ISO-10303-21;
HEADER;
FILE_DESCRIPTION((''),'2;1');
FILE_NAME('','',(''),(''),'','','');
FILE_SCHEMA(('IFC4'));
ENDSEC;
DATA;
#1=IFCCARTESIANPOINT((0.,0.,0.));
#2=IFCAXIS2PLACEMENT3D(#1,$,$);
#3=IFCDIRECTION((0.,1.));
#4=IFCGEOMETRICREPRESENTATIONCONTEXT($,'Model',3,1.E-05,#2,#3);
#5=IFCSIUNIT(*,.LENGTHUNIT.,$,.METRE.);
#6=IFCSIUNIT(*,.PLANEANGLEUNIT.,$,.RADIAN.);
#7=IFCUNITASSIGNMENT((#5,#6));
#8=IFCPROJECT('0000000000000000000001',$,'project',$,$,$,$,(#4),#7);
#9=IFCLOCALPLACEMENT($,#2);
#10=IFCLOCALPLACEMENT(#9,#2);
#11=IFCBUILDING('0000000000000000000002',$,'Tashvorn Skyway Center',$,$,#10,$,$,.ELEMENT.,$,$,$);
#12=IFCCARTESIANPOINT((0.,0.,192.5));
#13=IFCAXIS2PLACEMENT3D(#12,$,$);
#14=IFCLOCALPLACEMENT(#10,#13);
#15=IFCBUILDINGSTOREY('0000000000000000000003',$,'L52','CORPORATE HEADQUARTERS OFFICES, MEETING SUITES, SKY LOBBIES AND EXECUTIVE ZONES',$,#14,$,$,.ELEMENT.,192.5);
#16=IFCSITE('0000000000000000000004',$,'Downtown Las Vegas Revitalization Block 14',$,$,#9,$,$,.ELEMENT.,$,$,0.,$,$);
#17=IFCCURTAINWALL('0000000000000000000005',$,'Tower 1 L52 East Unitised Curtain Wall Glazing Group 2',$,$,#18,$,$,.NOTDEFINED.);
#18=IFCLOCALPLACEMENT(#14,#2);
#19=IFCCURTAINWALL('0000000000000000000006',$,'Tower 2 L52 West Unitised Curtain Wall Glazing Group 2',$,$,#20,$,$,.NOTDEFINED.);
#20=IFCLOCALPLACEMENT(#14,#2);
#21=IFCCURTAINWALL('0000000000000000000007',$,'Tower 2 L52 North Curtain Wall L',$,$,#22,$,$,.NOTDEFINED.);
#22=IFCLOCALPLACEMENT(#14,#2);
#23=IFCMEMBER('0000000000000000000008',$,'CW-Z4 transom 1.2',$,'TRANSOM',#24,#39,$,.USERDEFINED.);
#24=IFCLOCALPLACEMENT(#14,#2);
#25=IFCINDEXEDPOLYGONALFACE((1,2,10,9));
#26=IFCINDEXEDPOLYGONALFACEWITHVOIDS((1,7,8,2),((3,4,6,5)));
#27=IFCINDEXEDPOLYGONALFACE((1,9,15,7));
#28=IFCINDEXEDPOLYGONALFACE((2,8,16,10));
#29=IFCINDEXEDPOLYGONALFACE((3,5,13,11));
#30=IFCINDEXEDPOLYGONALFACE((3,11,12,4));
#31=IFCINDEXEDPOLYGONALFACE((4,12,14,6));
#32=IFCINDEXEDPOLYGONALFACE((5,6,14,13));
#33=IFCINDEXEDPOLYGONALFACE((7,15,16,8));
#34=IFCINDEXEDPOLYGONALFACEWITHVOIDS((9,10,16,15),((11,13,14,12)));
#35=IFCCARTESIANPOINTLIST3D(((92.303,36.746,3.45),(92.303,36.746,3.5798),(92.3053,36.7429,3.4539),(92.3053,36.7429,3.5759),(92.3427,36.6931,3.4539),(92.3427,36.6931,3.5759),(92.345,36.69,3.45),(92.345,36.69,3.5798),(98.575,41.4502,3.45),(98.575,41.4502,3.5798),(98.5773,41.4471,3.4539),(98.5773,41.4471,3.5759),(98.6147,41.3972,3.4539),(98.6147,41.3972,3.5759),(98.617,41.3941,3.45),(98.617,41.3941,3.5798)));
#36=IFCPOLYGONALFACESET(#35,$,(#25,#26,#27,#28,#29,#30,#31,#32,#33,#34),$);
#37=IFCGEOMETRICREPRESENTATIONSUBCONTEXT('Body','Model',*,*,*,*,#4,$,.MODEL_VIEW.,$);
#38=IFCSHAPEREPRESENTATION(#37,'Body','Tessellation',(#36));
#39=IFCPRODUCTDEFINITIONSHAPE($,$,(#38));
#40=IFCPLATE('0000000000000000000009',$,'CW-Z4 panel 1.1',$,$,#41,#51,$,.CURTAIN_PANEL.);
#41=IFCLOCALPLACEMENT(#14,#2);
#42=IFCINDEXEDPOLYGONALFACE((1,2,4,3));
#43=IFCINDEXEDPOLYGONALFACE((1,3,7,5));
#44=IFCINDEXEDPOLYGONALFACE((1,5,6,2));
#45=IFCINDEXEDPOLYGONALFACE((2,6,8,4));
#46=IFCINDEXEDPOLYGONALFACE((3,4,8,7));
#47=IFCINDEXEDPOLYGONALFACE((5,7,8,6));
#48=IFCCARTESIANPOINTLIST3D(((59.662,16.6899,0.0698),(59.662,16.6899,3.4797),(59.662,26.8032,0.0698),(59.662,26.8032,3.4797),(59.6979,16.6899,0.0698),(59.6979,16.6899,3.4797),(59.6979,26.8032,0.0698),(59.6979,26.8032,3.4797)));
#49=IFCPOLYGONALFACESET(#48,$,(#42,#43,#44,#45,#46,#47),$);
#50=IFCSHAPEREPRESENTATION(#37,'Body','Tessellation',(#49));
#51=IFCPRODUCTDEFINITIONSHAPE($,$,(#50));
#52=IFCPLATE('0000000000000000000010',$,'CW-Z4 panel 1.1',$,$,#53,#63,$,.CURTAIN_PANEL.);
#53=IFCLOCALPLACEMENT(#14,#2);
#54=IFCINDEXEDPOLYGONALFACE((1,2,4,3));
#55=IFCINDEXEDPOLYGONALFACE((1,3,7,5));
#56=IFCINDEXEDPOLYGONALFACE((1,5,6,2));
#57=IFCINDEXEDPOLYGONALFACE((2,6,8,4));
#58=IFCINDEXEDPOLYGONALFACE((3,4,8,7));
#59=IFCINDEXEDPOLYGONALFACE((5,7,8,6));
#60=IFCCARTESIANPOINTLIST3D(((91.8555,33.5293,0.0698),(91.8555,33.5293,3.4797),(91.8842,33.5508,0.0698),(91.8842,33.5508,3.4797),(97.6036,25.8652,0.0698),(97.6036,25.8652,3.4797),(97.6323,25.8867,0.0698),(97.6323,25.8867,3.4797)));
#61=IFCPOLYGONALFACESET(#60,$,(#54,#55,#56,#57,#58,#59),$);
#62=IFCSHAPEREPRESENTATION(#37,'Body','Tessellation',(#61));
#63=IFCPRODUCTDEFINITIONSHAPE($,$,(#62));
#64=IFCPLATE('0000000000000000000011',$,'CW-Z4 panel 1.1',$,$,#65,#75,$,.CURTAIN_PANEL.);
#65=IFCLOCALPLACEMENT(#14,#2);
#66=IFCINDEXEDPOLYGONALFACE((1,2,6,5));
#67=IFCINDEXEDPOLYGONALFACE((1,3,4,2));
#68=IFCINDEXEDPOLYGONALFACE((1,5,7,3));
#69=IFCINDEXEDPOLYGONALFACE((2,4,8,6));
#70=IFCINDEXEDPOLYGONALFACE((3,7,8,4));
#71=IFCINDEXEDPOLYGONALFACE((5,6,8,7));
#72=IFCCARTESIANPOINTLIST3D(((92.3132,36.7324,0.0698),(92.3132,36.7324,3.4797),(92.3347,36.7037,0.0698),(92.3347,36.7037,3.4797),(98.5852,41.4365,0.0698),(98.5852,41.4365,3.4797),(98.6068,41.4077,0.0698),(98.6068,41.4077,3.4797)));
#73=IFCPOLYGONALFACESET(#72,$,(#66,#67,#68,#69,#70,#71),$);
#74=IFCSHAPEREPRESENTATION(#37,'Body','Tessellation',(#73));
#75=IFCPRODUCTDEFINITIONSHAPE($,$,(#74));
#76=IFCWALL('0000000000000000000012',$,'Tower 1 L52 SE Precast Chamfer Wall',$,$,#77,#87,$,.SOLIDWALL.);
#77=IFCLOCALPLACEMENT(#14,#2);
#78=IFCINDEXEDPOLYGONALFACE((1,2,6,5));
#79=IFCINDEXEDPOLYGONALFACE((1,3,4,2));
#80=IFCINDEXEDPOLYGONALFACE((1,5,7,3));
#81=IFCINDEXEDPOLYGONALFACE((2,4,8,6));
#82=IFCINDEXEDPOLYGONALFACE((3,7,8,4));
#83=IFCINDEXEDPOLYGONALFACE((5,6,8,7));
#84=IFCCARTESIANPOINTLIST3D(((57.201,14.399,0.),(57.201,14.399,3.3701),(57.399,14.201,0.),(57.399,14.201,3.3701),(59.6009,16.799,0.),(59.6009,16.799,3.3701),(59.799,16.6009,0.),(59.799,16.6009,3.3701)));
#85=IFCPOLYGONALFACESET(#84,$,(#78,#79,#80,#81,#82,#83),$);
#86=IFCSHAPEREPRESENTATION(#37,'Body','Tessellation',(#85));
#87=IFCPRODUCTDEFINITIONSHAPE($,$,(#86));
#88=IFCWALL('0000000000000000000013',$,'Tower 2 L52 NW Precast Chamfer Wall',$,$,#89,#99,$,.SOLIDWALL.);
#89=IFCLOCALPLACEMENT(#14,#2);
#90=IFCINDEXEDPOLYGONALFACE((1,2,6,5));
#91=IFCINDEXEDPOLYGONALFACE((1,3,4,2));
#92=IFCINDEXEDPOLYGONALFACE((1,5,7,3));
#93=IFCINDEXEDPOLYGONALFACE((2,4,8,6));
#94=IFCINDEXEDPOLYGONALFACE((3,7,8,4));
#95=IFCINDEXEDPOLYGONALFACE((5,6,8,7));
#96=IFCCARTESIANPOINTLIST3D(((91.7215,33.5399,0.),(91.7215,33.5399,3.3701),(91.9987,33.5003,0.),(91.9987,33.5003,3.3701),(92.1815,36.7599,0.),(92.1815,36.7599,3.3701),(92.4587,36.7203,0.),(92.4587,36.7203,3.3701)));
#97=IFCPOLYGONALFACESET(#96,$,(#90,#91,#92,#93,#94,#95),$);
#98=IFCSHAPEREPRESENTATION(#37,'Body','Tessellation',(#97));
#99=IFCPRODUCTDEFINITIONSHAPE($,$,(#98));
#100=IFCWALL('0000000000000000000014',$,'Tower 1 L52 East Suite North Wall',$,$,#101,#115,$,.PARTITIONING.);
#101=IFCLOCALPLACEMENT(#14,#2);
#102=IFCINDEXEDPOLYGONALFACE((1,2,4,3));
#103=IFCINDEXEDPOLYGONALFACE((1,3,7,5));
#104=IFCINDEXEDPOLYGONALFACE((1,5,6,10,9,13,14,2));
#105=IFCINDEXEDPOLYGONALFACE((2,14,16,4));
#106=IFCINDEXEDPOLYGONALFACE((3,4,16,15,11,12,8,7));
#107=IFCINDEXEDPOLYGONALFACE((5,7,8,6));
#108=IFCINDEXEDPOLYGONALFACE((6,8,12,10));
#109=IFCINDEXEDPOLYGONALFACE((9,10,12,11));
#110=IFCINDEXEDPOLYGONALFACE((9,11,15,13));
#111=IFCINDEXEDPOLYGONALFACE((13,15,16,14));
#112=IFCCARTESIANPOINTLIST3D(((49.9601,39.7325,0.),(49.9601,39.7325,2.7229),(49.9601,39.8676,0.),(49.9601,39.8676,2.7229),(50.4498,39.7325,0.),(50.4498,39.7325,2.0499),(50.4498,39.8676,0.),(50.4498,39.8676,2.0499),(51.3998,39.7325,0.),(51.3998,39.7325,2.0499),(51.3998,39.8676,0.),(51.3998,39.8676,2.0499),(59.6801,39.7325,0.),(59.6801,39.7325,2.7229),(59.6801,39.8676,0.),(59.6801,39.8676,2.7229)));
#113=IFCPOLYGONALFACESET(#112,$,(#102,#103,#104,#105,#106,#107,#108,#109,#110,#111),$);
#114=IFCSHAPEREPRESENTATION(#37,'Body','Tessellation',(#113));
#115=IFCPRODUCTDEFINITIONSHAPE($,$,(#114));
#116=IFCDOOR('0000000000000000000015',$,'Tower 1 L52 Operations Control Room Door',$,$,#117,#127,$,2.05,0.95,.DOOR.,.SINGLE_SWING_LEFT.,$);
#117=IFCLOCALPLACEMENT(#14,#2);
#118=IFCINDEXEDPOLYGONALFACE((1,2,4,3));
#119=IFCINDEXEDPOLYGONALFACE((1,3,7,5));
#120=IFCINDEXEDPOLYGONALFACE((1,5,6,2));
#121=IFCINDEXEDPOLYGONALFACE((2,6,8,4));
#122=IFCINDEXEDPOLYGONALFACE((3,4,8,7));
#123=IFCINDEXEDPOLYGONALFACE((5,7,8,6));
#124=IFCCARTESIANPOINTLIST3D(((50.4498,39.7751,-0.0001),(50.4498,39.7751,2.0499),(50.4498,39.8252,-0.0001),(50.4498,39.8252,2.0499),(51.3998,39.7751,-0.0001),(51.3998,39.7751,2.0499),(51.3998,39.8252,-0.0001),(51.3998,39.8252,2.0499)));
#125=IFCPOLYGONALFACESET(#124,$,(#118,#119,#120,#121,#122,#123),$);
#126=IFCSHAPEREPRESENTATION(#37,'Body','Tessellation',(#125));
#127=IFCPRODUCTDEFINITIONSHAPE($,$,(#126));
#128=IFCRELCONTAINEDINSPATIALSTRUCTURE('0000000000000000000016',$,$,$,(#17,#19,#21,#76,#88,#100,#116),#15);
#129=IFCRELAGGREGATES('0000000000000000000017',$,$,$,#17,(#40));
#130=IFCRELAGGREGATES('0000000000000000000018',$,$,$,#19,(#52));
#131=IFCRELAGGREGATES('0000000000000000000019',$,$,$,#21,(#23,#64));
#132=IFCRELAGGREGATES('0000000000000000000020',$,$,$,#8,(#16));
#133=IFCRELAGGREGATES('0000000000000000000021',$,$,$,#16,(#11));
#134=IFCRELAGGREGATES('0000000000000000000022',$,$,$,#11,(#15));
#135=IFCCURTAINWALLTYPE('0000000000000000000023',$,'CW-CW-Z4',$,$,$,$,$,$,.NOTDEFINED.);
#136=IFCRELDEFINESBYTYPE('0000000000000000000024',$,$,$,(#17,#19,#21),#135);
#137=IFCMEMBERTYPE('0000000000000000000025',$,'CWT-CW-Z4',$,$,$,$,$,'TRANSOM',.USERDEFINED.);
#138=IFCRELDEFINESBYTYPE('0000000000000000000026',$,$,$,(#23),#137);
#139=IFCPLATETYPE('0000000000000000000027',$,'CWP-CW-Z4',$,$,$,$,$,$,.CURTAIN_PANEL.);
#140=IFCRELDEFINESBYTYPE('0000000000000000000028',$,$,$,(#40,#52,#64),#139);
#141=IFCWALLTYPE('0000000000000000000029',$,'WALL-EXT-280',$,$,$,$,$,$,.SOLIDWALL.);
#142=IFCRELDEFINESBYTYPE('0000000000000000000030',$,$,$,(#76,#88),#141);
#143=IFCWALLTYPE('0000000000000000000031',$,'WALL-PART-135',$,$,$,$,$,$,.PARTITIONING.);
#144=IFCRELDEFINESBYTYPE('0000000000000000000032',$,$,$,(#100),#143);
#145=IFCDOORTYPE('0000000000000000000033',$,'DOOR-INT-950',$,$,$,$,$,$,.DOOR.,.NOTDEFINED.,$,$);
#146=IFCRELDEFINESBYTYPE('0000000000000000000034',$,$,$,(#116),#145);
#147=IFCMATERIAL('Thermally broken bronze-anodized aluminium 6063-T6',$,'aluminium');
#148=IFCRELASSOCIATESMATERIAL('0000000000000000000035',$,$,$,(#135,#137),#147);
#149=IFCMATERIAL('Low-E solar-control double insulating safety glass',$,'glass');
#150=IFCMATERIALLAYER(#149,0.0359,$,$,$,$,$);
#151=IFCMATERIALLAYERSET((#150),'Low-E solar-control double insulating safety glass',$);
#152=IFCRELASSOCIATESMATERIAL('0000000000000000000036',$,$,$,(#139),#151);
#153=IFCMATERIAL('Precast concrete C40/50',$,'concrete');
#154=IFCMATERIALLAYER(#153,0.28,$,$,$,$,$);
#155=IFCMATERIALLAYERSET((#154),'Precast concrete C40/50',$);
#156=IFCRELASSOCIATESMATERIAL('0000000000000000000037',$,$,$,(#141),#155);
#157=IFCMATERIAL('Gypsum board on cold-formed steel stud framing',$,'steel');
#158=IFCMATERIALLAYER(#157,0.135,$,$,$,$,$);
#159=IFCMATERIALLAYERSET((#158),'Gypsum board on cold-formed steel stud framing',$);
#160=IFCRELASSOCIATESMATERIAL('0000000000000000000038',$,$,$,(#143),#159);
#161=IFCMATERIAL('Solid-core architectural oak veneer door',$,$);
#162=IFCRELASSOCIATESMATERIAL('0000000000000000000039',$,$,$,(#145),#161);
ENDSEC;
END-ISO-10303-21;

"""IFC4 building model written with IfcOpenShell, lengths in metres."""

from ifc_helpers import new_model, si_unit, direction, frame, frame_2d, origin, origin_2d, place, context, subcontext, project, spatial, rectangle, hollow_rectangle, extrude, material, layer, layer_set, material_profile, profile_set, type_object, element, fill, aggregate, save


model = new_model("IFC4")

# Units and contexts
model_context = context("Model", 3, precision=1e-05, world=origin(), true_north=direction((0.0, 1.0)))
body_context = subcontext(model_context, "Body", "Model", "MODEL_VIEW")
ifc_project = project(units=[si_unit("LENGTHUNIT", "METRE"), si_unit("PLANEANGLEUNIT", "RADIAN")], contexts=[model_context])

# Site, building, storey
site_placement = place(None, origin())
site = spatial("IfcSite", under=ifc_project, at=site_placement, Name="Downtown Las Vegas Revitalization Block 14", CompositionType="ELEMENT", RefElevation=0.0)
building_placement = place(site_placement, origin())
building = spatial("IfcBuilding", under=site, at=building_placement, Name="Tashvorn Skyway Center", CompositionType="ELEMENT")
storey_placement = place(building_placement, frame((0.0, 0.0, 192.5)))
storey = spatial("IfcBuildingStorey", under=building, at=storey_placement, Name="L52", Description="CORPORATE HEADQUARTERS OFFICES, MEETING SUITES, SKY LOBBIES AND EXECUTIVE ZONES", CompositionType="ELEMENT", Elevation=192.5)

# Curtain walls
ifc_material_1 = material(Name="Thermally broken bronze-anodized aluminium 6063-T6", Category="aluminium")
curtain_wall_type = type_object("IfcCurtainWallType", Name="CW-CW-Z4", PredefinedType="NOTDEFINED", material=ifc_material_1)
curtain_wall_1_placement = place(storey_placement, origin())
curtain_wall_1 = element("IfcCurtainWall", 1, at=curtain_wall_1_placement, inside=storey, type_object=curtain_wall_type, Name="Tower 1 L52 East Unitised Curtain Wall Glazing Group 2", PredefinedType="NOTDEFINED")
curtain_wall_2_placement = place(storey_placement, origin())
curtain_wall_2 = element("IfcCurtainWall", 2, at=curtain_wall_2_placement, inside=storey, type_object=curtain_wall_type, Name="Tower 2 L52 West Unitised Curtain Wall Glazing Group 2", PredefinedType="NOTDEFINED")
curtain_wall_3_placement = place(storey_placement, origin())
curtain_wall_3 = element("IfcCurtainWall", 3, at=curtain_wall_3_placement, inside=storey, type_object=curtain_wall_type, Name="Tower 2 L52 North Curtain Wall L", PredefinedType="NOTDEFINED")

# Member
ifc_material_profile_1 = material_profile(ifc_material_1, hollow_rectangle(XDim=0.0701, YDim=0.1299, WallThickness=0.0039, at=origin_2d()), Name="ALU-TRAN-70x130")
ifc_profile_set_1 = profile_set([ifc_material_profile_1], Name="Thermally broken bronze-anodized aluminium 6063-T6")
member_type_1 = type_object("IfcMemberType", Name="CWT-CW-Z4", ElementType="TRANSOM", PredefinedType="USERDEFINED", material=ifc_profile_set_1)
member_1_placement = place(storey_placement, frame((92.324, 36.718, 3.5149), z_axis=(0.799993, 0.60001, 0.0), x_axis=(-0.60001, 0.799993, 0.0)))
member_1 = element("IfcMember", 4, at=member_1_placement, type_object=member_type_1, Name="CW-Z4 transom 1.2", ObjectType="TRANSOM", PredefinedType="USERDEFINED", context=body_context, shape_type="SweptSolid", body=[
    extrude(hollow_rectangle(XDim=0.0701, YDim=0.1299, WallThickness=0.0039, at=origin_2d()), origin(), (0.0, 0.0, 1.0), 7.8401),
])

# Plates
ifc_material_2 = material(Name="Low-E solar-control double insulating safety glass", Category="glass")
ifc_layer_1 = layer(ifc_material_2, 0.0359)
ifc_layer_set_1 = layer_set([ifc_layer_1], Name="Low-E solar-control double insulating safety glass")
plate_type = type_object("IfcPlateType", Name="CWP-CW-Z4", PredefinedType="CURTAIN_PANEL", material=ifc_layer_set_1)
plate_1_placement = place(storey_placement, frame((59.6799, 21.7466, 0.0698), z_axis=(0.0, 0.0, 1.0), x_axis=(0.0, -1.0, 0.0)))
plate_1 = element("IfcPlate", 5, at=plate_1_placement, type_object=plate_type, Name="CW-Z4 panel 1.1", PredefinedType="CURTAIN_PANEL", context=body_context, shape_type="SweptSolid", body=[
    extrude(rectangle(XDim=10.1133, YDim=0.0359, at=origin_2d()), origin(), (0.0, 0.0, 1.0), 3.4099),
])
aggregate(curtain_wall_1, [plate_1])
plate_2_placement = place(storey_placement, frame((94.7439, 29.708, 0.0698), z_axis=(0.0, 0.0, 1.0), x_axis=(-0.6, 0.8, 0.0)))
plate_2 = element("IfcPlate", 6, at=plate_2_placement, type_object=plate_type, Name="CW-Z4 panel 1.1", PredefinedType="CURTAIN_PANEL", context=body_context, shape_type="SweptSolid", body=[
    extrude(rectangle(XDim=9.5801, YDim=0.0359, at=origin_2d()), origin(), (0.0, 0.0, 1.0), 3.4099),
])
aggregate(curtain_wall_2, [plate_2])
plate_3_placement = place(storey_placement, frame((95.46, 39.0701, 0.0698), z_axis=(0.0, 0.0, 1.0), x_axis=(0.8, 0.6, 0.0)))
plate_3 = element("IfcPlate", 7, at=plate_3_placement, type_object=plate_type, Name="CW-Z4 panel 1.1", PredefinedType="CURTAIN_PANEL", context=body_context, shape_type="SweptSolid", body=[
    extrude(rectangle(XDim=7.8401, YDim=0.0359, at=origin_2d()), origin(), (0.0, 0.0, 1.0), 3.4099),
])
aggregate(curtain_wall_3, [member_1, plate_3])

# Walls
ifc_material_3 = material(Name="Precast concrete C40/50", Category="concrete")
ifc_layer_2 = layer(ifc_material_3, 0.28)
ifc_layer_set_2 = layer_set([ifc_layer_2], Name="Precast concrete C40/50")
wall_type_1 = type_object("IfcWallType", Name="WALL-EXT-280", PredefinedType="SOLIDWALL", material=ifc_layer_set_2)
wall_1_placement = place(storey_placement, frame((59.7, 16.7, 0.0), z_axis=(0.0, 0.0, 1.0), x_axis=(-0.707107, -0.707107, 0.0)))
element("IfcWall", 8, at=wall_1_placement, inside=storey, type_object=wall_type_1, Name="Tower 1 L52 SE Precast Chamfer Wall", PredefinedType="SOLIDWALL", context=body_context, shape_type="SweptSolid", body=[
    extrude(rectangle(XDim=3.394, YDim=0.28, at=frame_2d((1.697, 0.0))), origin(), (0.0, 0.0, 1.0), 3.3701),
])
wall_2_placement = place(storey_placement, frame((91.8601, 33.52, 0.0), z_axis=(0.0, 0.0, 1.0), x_axis=(0.141411, 0.989951, 0.0)))
element("IfcWall", 9, at=wall_2_placement, inside=storey, type_object=wall_type_1, Name="Tower 2 L52 NW Precast Chamfer Wall", PredefinedType="SOLIDWALL", context=body_context, shape_type="SweptSolid", body=[
    extrude(rectangle(XDim=3.2527, YDim=0.28, at=frame_2d((1.6265, 0.0))), origin(), (0.0, 0.0, 1.0), 3.3701),
])

# Wall, opening, door
ifc_material_4 = material(Name="Gypsum board on cold-formed steel stud framing", Category="steel")
ifc_layer_3 = layer(ifc_material_4, 0.135)
ifc_layer_set_3 = layer_set([ifc_layer_3], Name="Gypsum board on cold-formed steel stud framing")
wall_type_2 = type_object("IfcWallType", Name="WALL-PART-135", PredefinedType="PARTITIONING", material=ifc_layer_set_3)
wall_3_placement = place(storey_placement, frame((59.6799, 39.8, 0.0), z_axis=(0.0, 0.0, 1.0), x_axis=(-1.0, 0.0, 0.0)))
wall_3 = element("IfcWall", 10, at=wall_3_placement, inside=storey, type_object=wall_type_2, Name="Tower 1 L52 East Suite North Wall", PredefinedType="PARTITIONING", context=body_context, shape_type="SweptSolid", body=[
    extrude(rectangle(XDim=9.72, YDim=0.135, at=frame_2d((4.8599, 0.0))), origin(), (0.0, 0.0, 1.0), 2.7229),
])
opening_1_placement = place(wall_3_placement, frame((8.28, 0.0, 0.0)))
opening_1 = element("IfcOpeningElement", 11, at=opening_1_placement, cuts=wall_3, PredefinedType="OPENING", context=body_context, shape_type="SweptSolid", body=[
    extrude(rectangle(XDim=0.95, YDim=2.05, at=frame_2d((0.4751, 1.0249))), frame((0.0, 0.0774, 0.0), z_axis=(0.0, -1.0, 0.0), x_axis=(1.0, 0.0, 0.0)), (0.0, 0.0, 1.0), 0.155),
])
ifc_material_5 = material(Name="Solid-core architectural oak veneer door")
door_type = type_object("IfcDoorType", Name="DOOR-INT-950", OperationType="NOTDEFINED", PredefinedType="DOOR", material=ifc_material_5)
door_1_placement = place(opening_1_placement, origin())
door_1 = element("IfcDoor", 12, at=door_1_placement, inside=storey, type_object=door_type, Name="Tower 1 L52 Operations Control Room Door", OperationType="SINGLE_SWING_LEFT", OverallHeight=2.05, OverallWidth=0.95, PredefinedType="DOOR", context=body_context, shape_type="SweptSolid", body=[
    extrude(rectangle(XDim=0.95, YDim=2.05, at=frame_2d((0.4751, 1.0249))), frame((0.0, 0.0249, 0.0), z_axis=(0.0, -1.0, 0.0), x_axis=(1.0, 0.0, 0.0)), (0.0, 0.0, 1.0), 0.05),
])
fill(opening_1, door_1)

save(model, "model.ifc")
